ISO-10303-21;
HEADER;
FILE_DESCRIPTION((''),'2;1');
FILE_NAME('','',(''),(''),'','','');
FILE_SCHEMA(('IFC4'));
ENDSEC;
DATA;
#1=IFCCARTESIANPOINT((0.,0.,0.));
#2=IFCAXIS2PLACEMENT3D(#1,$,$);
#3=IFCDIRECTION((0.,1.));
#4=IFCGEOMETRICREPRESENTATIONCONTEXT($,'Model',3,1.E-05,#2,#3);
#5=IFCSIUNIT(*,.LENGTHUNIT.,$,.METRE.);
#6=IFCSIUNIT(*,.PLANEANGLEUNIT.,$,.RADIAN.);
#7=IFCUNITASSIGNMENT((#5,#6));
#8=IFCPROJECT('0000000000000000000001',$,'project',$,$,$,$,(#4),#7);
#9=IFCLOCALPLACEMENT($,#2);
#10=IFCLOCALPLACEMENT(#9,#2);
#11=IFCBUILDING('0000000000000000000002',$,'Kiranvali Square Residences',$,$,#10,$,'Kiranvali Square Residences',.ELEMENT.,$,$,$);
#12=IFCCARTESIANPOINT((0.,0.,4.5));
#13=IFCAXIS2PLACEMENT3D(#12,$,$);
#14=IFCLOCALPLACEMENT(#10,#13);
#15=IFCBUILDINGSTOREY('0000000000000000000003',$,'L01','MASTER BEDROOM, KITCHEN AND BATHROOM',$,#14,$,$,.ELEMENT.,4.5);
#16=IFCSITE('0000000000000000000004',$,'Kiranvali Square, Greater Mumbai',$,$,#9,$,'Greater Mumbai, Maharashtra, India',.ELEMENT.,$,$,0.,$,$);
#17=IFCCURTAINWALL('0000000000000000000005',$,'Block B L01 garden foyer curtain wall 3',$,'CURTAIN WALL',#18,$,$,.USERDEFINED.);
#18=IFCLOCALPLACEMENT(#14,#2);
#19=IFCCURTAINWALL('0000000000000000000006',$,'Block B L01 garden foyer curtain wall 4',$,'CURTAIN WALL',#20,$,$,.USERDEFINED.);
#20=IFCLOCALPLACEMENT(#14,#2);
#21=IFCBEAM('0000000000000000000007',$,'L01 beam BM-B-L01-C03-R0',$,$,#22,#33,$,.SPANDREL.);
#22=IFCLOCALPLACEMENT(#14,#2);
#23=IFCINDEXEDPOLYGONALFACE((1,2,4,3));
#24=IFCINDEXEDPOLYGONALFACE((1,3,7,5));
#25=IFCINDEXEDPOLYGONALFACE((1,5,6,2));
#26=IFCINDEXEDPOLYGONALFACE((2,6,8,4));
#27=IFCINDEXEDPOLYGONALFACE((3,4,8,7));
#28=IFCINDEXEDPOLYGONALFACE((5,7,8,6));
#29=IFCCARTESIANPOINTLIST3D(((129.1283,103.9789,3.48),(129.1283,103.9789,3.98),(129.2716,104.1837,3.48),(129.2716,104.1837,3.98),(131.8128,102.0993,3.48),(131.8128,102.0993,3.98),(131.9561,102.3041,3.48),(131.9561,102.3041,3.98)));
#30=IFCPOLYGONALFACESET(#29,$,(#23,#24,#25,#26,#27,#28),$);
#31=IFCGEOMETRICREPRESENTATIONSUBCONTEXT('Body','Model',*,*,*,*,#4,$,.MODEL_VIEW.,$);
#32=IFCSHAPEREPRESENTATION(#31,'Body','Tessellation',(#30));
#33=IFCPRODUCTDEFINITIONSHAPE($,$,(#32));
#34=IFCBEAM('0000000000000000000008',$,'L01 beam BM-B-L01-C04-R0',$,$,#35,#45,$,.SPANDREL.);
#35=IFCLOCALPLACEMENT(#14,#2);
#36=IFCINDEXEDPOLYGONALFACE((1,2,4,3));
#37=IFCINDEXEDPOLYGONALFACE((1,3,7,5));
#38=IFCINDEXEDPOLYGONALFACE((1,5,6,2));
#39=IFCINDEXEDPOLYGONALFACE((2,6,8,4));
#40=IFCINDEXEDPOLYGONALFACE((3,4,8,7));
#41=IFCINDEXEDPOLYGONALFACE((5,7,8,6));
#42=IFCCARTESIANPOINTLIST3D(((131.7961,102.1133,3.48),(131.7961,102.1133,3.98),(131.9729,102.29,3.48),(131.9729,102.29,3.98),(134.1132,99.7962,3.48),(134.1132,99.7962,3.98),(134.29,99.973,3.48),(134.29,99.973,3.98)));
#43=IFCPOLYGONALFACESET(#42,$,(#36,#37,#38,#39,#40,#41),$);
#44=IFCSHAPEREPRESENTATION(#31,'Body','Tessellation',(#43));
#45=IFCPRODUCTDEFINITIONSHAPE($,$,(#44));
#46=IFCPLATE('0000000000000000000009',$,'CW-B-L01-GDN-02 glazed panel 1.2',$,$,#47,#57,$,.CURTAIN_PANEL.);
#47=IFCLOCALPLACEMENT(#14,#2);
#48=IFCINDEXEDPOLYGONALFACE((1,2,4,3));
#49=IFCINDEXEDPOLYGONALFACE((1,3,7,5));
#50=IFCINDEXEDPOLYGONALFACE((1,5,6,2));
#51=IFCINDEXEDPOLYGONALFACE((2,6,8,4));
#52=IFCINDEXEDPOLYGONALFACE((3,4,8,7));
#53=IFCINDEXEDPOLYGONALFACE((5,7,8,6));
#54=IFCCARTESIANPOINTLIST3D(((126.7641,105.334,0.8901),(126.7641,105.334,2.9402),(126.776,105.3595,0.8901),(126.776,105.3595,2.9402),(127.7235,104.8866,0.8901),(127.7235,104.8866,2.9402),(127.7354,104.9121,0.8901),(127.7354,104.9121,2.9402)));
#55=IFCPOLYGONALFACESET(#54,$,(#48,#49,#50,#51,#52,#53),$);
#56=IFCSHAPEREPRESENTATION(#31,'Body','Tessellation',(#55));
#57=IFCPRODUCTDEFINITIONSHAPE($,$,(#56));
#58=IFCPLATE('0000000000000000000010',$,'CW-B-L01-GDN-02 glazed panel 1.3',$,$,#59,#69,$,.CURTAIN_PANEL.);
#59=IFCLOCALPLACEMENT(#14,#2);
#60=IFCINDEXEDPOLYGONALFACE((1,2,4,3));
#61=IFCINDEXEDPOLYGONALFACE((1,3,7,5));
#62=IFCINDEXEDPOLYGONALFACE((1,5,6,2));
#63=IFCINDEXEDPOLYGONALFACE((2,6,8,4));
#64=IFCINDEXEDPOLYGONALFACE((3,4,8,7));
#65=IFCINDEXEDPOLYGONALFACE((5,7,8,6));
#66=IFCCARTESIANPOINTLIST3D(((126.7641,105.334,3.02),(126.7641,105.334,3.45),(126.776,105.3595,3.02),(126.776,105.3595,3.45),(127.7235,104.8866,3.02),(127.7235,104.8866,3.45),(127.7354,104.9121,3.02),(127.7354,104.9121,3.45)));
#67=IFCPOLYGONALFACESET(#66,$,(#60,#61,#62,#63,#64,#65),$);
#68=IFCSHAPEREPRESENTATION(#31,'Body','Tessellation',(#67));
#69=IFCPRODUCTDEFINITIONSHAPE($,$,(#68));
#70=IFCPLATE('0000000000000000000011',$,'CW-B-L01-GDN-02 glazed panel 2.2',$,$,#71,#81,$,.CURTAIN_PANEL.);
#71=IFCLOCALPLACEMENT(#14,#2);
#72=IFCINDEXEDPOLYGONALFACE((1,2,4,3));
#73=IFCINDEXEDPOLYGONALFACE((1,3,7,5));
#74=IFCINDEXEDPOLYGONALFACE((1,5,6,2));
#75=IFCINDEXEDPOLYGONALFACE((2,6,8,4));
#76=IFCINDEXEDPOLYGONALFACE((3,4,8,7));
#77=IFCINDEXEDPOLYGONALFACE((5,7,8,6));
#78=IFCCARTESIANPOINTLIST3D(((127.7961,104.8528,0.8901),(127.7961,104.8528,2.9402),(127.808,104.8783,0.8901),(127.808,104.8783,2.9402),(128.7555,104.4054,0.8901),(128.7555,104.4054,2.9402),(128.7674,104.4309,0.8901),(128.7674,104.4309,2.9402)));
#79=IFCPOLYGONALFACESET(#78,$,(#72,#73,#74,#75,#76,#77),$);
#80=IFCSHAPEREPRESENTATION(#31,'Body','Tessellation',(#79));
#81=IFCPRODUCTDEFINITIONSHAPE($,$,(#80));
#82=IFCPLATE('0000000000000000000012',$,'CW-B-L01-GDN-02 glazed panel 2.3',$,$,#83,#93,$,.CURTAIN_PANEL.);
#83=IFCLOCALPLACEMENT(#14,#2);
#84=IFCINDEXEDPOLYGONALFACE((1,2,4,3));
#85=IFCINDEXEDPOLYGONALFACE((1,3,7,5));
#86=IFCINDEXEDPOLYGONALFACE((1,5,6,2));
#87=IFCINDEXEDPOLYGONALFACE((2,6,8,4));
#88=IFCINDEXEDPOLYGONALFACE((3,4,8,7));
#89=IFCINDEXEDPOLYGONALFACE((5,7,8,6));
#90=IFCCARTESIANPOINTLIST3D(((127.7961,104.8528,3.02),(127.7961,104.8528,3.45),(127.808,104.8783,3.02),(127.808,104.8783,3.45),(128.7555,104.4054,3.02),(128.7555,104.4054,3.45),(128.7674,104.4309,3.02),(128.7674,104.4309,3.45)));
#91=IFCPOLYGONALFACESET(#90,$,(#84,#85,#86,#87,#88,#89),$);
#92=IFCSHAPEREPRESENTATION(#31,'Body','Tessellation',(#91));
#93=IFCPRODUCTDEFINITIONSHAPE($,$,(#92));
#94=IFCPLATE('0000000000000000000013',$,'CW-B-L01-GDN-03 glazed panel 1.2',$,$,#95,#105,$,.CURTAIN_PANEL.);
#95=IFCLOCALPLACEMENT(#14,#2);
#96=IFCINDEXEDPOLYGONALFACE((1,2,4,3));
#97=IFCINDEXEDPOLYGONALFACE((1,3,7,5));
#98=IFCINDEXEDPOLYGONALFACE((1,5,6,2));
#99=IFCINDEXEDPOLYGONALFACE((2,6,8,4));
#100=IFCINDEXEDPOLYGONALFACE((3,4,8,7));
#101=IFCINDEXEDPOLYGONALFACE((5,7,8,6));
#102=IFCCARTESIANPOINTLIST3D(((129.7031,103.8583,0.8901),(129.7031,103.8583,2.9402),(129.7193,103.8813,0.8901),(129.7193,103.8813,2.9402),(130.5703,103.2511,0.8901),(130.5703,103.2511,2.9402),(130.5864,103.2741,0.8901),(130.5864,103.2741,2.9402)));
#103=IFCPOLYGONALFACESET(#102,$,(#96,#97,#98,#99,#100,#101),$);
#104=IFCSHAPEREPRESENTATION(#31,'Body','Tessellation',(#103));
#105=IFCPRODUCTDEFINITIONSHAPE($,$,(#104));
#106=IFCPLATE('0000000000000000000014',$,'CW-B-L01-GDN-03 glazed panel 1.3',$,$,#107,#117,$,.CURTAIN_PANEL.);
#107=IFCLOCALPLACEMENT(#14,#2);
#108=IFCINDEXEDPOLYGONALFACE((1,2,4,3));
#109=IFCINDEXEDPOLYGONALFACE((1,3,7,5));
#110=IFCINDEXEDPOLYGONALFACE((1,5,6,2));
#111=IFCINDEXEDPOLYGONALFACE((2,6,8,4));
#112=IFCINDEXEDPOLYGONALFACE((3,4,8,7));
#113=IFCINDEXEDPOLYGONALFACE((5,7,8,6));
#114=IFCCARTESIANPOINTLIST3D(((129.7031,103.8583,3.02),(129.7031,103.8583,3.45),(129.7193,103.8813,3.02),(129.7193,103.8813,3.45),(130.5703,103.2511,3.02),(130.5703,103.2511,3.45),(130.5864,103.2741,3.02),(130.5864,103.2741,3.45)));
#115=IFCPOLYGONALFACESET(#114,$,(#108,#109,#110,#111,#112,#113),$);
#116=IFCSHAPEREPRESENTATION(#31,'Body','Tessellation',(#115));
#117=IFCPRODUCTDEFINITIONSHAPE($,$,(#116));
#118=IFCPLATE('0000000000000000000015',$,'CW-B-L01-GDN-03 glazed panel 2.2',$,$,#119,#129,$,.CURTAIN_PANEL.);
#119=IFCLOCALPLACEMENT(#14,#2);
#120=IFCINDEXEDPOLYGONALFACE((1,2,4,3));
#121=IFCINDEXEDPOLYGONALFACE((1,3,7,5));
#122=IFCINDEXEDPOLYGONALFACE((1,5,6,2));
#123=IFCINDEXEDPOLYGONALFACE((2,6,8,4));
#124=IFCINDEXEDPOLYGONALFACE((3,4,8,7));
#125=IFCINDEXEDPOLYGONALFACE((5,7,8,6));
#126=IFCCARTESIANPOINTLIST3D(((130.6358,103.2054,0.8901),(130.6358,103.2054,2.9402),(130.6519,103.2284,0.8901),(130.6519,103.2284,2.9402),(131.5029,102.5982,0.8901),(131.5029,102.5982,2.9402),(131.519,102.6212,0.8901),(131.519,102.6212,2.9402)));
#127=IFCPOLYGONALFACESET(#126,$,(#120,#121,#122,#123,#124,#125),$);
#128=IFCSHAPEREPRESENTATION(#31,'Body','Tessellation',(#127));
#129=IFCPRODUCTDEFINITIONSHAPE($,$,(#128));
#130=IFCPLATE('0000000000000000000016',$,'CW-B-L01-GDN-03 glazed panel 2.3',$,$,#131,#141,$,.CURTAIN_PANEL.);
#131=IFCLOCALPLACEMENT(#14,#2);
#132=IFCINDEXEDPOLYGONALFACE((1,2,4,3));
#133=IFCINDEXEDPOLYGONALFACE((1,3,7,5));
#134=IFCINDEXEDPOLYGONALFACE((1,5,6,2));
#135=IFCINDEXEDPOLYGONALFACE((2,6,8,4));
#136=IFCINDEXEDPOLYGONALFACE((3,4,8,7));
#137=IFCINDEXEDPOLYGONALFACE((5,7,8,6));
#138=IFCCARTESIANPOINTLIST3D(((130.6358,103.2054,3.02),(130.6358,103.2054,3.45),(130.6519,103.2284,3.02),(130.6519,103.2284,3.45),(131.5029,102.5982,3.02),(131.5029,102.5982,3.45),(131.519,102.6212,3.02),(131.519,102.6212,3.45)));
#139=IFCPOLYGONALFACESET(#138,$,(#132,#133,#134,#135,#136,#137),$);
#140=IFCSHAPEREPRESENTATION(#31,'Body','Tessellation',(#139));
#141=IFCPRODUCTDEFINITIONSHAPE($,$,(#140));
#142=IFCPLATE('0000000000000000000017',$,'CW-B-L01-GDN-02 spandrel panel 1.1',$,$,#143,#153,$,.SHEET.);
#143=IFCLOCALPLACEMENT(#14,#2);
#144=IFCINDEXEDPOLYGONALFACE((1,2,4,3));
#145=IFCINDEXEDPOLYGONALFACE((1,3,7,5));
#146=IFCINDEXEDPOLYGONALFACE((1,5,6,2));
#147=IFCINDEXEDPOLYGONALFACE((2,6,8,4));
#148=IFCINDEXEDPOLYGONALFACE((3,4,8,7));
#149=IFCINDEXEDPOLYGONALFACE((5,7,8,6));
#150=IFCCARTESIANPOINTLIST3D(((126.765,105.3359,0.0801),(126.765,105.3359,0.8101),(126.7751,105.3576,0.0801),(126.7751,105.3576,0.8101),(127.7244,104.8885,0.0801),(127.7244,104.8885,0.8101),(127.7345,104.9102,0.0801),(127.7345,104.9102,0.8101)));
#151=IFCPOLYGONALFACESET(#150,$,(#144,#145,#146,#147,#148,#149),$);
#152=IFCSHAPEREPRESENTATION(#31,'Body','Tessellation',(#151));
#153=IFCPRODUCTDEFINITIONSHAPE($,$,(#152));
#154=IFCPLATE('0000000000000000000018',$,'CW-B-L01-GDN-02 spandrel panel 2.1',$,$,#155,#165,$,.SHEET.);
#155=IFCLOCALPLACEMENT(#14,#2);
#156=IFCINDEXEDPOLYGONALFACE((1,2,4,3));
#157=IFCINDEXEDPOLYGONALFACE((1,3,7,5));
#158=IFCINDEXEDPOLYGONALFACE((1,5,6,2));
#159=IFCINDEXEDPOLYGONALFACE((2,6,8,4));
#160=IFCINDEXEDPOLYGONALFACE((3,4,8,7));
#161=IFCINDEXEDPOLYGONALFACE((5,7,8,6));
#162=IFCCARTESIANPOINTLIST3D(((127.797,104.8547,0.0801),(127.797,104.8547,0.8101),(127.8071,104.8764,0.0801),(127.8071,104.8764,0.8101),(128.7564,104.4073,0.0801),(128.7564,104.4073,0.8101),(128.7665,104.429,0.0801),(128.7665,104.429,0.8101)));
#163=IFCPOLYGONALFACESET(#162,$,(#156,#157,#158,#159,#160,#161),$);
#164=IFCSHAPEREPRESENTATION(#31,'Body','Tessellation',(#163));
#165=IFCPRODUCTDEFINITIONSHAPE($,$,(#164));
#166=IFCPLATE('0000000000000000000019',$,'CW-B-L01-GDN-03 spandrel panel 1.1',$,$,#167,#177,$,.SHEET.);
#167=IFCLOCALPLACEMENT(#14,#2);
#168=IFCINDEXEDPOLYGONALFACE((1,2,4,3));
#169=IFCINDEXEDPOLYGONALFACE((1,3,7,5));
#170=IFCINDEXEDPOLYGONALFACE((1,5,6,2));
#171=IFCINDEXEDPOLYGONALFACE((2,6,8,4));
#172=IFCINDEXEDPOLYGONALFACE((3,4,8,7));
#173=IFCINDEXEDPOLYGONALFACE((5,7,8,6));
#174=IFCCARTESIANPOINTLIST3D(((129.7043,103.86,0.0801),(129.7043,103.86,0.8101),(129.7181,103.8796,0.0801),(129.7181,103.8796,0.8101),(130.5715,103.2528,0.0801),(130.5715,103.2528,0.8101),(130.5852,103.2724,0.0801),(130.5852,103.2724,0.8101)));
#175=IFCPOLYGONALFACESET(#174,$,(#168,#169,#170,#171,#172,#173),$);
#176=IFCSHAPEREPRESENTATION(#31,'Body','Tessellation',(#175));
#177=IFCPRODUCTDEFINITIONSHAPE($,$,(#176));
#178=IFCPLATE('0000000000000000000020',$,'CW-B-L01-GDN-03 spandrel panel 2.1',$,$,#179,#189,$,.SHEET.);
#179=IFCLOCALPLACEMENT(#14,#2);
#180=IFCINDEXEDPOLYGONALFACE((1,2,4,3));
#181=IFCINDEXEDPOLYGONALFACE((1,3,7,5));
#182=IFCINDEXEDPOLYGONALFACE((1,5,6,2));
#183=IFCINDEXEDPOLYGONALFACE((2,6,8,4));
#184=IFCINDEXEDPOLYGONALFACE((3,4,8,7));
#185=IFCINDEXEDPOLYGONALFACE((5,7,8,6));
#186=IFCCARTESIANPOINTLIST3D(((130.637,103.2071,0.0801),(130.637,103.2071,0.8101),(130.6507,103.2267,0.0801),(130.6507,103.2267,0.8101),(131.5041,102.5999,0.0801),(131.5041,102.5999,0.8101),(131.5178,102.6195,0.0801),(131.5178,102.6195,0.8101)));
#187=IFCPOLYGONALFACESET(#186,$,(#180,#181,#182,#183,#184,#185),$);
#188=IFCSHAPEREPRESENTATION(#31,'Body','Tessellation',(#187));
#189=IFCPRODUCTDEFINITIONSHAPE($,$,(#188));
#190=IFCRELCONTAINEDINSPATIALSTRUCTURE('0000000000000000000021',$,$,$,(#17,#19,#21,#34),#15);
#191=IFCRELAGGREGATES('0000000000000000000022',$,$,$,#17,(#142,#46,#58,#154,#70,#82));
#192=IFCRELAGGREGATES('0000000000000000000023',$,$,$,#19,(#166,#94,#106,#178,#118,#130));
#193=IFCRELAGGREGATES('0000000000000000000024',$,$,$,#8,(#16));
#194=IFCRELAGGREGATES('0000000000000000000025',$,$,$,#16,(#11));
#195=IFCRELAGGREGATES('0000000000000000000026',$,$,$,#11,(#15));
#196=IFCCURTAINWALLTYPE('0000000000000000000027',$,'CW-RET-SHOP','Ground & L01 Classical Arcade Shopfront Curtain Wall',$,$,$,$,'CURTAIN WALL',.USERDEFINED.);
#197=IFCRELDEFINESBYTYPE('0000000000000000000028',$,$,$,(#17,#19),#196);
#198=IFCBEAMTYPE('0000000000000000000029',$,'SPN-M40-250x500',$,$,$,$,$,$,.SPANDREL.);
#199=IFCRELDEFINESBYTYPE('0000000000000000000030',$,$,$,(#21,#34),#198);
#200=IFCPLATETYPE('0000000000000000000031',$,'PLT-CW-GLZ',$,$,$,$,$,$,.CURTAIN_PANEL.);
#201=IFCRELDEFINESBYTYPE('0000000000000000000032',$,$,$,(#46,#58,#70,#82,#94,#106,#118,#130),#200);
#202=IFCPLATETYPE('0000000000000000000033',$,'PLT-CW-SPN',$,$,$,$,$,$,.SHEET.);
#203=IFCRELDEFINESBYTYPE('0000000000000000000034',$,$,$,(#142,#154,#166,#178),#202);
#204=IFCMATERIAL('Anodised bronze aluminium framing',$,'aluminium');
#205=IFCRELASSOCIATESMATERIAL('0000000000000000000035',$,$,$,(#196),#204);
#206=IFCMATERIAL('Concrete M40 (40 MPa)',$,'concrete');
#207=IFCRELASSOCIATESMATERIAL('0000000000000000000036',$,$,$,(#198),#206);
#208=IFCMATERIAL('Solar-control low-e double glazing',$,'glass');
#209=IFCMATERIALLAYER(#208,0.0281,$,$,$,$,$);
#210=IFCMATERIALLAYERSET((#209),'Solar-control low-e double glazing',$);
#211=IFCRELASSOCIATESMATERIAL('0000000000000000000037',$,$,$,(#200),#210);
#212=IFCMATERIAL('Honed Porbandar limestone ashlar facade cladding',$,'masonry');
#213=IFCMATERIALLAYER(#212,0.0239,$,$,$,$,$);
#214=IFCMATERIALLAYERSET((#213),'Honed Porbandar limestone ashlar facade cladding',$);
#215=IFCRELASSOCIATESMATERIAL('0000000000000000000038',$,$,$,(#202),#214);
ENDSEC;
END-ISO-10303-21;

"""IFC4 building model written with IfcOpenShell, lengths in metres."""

from ifc_helpers import new_model, si_unit, direction, frame, origin, origin_2d, place, context, subcontext, project, spatial, rectangle, extrude, material, layer, layer_set, material_profile, profile_set, type_object, element, aggregate, save


model = new_model("IFC4")

# Units and contexts
model_context = context("Model", 3, precision=1e-05, world=origin(), true_north=direction((0.0, 1.0)))
body_context = subcontext(model_context, "Body", "Model", "MODEL_VIEW")
ifc_project = project(units=[si_unit("LENGTHUNIT", "METRE"), si_unit("PLANEANGLEUNIT", "RADIAN")], contexts=[model_context])

# Site, building, storey
site_placement = place(None, origin())
site = spatial("IfcSite", under=ifc_project, at=site_placement, Name="Kiranvali Square, Greater Mumbai", LongName="Greater Mumbai, Maharashtra, India", CompositionType="ELEMENT", RefElevation=0.0)
building_placement = place(site_placement, origin())
building = spatial("IfcBuilding", under=site, at=building_placement, Name="Kiranvali Square Residences", LongName="Kiranvali Square Residences", CompositionType="ELEMENT")
storey_placement = place(building_placement, frame((0.0, 0.0, 4.5)))
storey = spatial("IfcBuildingStorey", under=building, at=storey_placement, Name="L01", Description="MASTER BEDROOM, KITCHEN AND BATHROOM", CompositionType="ELEMENT", Elevation=4.5)

# Shared definitions
ifc_material_1 = material(Name="Concrete M40 (40 MPa)", Category="concrete")

# Curtain walls
ifc_material_2 = material(Name="Anodised bronze aluminium framing", Category="aluminium")
curtain_wall_type = type_object("IfcCurtainWallType", Name="CW-RET-SHOP", Description="Ground & L01 Classical Arcade Shopfront Curtain Wall", ElementType="CURTAIN WALL", PredefinedType="USERDEFINED", material=ifc_material_2)
curtain_wall_1_placement = place(storey_placement, origin())
curtain_wall_1 = element("IfcCurtainWall", 1, at=curtain_wall_1_placement, inside=storey, type_object=curtain_wall_type, Name="Block B L01 garden foyer curtain wall 3", ObjectType="CURTAIN WALL", PredefinedType="USERDEFINED")
curtain_wall_2_placement = place(storey_placement, origin())
curtain_wall_2 = element("IfcCurtainWall", 2, at=curtain_wall_2_placement, inside=storey, type_object=curtain_wall_type, Name="Block B L01 garden foyer curtain wall 4", ObjectType="CURTAIN WALL", PredefinedType="USERDEFINED")

# Beams
ifc_material_profile_1 = material_profile(ifc_material_1, rectangle(XDim=0.25, YDim=0.5, at=origin_2d()), Name="RC 250x500")
ifc_profile_set_1 = profile_set([ifc_material_profile_1], Name="Concrete M40 (40 MPa)")
beam_type_1 = type_object("IfcBeamType", Name="SPN-M40-250x500", PredefinedType="SPANDREL", material=ifc_profile_set_1)
beam_1_placement = place(storey_placement, frame((129.2, 104.0813, 3.73), z_axis=(0.819169, -0.573552, 0.0), x_axis=(0.573552, 0.819169, 0.0)))
element("IfcBeam", 3, at=beam_1_placement, inside=storey, type_object=beam_type_1, Name="L01 beam BM-B-L01-C03-R0", PredefinedType="SPANDREL", context=body_context, shape_type="SweptSolid", body=[
    extrude(rectangle(XDim=0.25, YDim=0.5, at=origin_2d()), origin(), (0.0, 0.0, 1.0), 3.2771),
])
beam_2_placement = place(storey_placement, frame((131.8845, 102.2017, 3.73), z_axis=(0.707107, -0.707107, 0.0), x_axis=(0.707107, 0.707107, 0.0)))
element("IfcBeam", 4, at=beam_2_placement, inside=storey, type_object=beam_type_1, Name="L01 beam BM-B-L01-C04-R0", PredefinedType="SPANDREL", context=body_context, shape_type="SweptSolid", body=[
    extrude(rectangle(XDim=0.25, YDim=0.5, at=origin_2d()), origin(), (0.0, 0.0, 1.0), 3.2769),
])

# Plates
ifc_material_3 = material(Name="Solar-control low-e double glazing", Category="glass")
ifc_layer_1 = layer(ifc_material_3, 0.0281)
ifc_layer_set_1 = layer_set([ifc_layer_1], Name="Solar-control low-e double glazing")
plate_type_1 = type_object("IfcPlateType", Name="PLT-CW-GLZ", PredefinedType="CURTAIN_PANEL", material=ifc_layer_set_1)
plate_1_placement = place(storey_placement, frame((127.2498, 105.123, 0.8901), z_axis=(0.0, 0.0, 1.0), x_axis=(0.906308, -0.422618, 0.0)))
plate_1 = element("IfcPlate", 5, at=plate_1_placement, type_object=plate_type_1, Name="CW-B-L01-GDN-02 glazed panel 1.2", PredefinedType="CURTAIN_PANEL", context=body_context, shape_type="SweptSolid", body=[
    extrude(rectangle(XDim=1.0586, YDim=0.0281, at=origin_2d()), origin(), (0.0, 0.0, 1.0), 2.05),
])
plate_2_placement = place(storey_placement, frame((127.2498, 105.123, 3.02), z_axis=(0.0, 0.0, 1.0), x_axis=(0.906308, -0.422618, 0.0)))
plate_2 = element("IfcPlate", 6, at=plate_2_placement, type_object=plate_type_1, Name="CW-B-L01-GDN-02 glazed panel 1.3", PredefinedType="CURTAIN_PANEL", context=body_context, shape_type="SweptSolid", body=[
    extrude(rectangle(XDim=1.0586, YDim=0.0281, at=origin_2d()), origin(), (0.0, 0.0, 1.0), 0.4299),
])
plate_3_placement = place(storey_placement, frame((128.2817, 104.6418, 0.8901), z_axis=(0.0, 0.0, 1.0), x_axis=(0.906308, -0.422618, 0.0)))
plate_3 = element("IfcPlate", 7, at=plate_3_placement, type_object=plate_type_1, Name="CW-B-L01-GDN-02 glazed panel 2.2", PredefinedType="CURTAIN_PANEL", context=body_context, shape_type="SweptSolid", body=[
    extrude(rectangle(XDim=1.0586, YDim=0.0281, at=origin_2d()), origin(), (0.0, 0.0, 1.0), 2.05),
])
plate_4_placement = place(storey_placement, frame((128.2817, 104.6418, 3.02), z_axis=(0.0, 0.0, 1.0), x_axis=(0.906308, -0.422618, 0.0)))
plate_4 = element("IfcPlate", 8, at=plate_4_placement, type_object=plate_type_1, Name="CW-B-L01-GDN-02 glazed panel 2.3", PredefinedType="CURTAIN_PANEL", context=body_context, shape_type="SweptSolid", body=[
    extrude(rectangle(XDim=1.0586, YDim=0.0281, at=origin_2d()), origin(), (0.0, 0.0, 1.0), 0.4299),
])
plate_5_placement = place(storey_placement, frame((130.1448, 103.5662, 0.8901), z_axis=(0.0, 0.0, 1.0), x_axis=(0.819152, -0.573576, 0.0)))
plate_5 = element("IfcPlate", 9, at=plate_5_placement, type_object=plate_type_1, Name="CW-B-L01-GDN-03 glazed panel 1.2", PredefinedType="CURTAIN_PANEL", context=body_context, shape_type="SweptSolid", body=[
    extrude(rectangle(XDim=1.0586, YDim=0.0281, at=origin_2d()), origin(), (0.0, 0.0, 1.0), 2.05),
])
plate_6_placement = place(storey_placement, frame((130.1448, 103.5662, 3.02), z_axis=(0.0, 0.0, 1.0), x_axis=(0.819152, -0.573576, 0.0)))
plate_6 = element("IfcPlate", 10, at=plate_6_placement, type_object=plate_type_1, Name="CW-B-L01-GDN-03 glazed panel 1.3", PredefinedType="CURTAIN_PANEL", context=body_context, shape_type="SweptSolid", body=[
    extrude(rectangle(XDim=1.0586, YDim=0.0281, at=origin_2d()), origin(), (0.0, 0.0, 1.0), 0.4299),
])
plate_7_placement = place(storey_placement, frame((131.0774, 102.9133, 0.8901), z_axis=(0.0, 0.0, 1.0), x_axis=(0.819152, -0.573576, 0.0)))
plate_7 = element("IfcPlate", 11, at=plate_7_placement, type_object=plate_type_1, Name="CW-B-L01-GDN-03 glazed panel 2.2", PredefinedType="CURTAIN_PANEL", context=body_context, shape_type="SweptSolid", body=[
    extrude(rectangle(XDim=1.0586, YDim=0.0281, at=origin_2d()), origin(), (0.0, 0.0, 1.0), 2.05),
])
plate_8_placement = place(storey_placement, frame((131.0774, 102.9133, 3.02), z_axis=(0.0, 0.0, 1.0), x_axis=(0.819152, -0.573576, 0.0)))
plate_8 = element("IfcPlate", 12, at=plate_8_placement, type_object=plate_type_1, Name="CW-B-L01-GDN-03 glazed panel 2.3", PredefinedType="CURTAIN_PANEL", context=body_context, shape_type="SweptSolid", body=[
    extrude(rectangle(XDim=1.0586, YDim=0.0281, at=origin_2d()), origin(), (0.0, 0.0, 1.0), 0.4299),
])
ifc_material_4 = material(Name="Honed Porbandar limestone ashlar facade cladding", Category="masonry")
ifc_layer_2 = layer(ifc_material_4, 0.0239)
ifc_layer_set_2 = layer_set([ifc_layer_2], Name="Honed Porbandar limestone ashlar facade cladding")
plate_type_2 = type_object("IfcPlateType", Name="PLT-CW-SPN", PredefinedType="SHEET", material=ifc_layer_set_2)
plate_9_placement = place(storey_placement, frame((127.2498, 105.123, 0.0801), z_axis=(0.0, 0.0, 1.0), x_axis=(0.906308, -0.422618, 0.0)))
plate_9 = element("IfcPlate", 13, at=plate_9_placement, type_object=plate_type_2, Name="CW-B-L01-GDN-02 spandrel panel 1.1", PredefinedType="SHEET", context=body_context, shape_type="SweptSolid", body=[
    extrude(rectangle(XDim=1.0586, YDim=0.0239, at=origin_2d()), origin(), (0.0, 0.0, 1.0), 0.73),
])
plate_10_placement = place(storey_placement, frame((128.2817, 104.6418, 0.0801), z_axis=(0.0, 0.0, 1.0), x_axis=(0.906308, -0.422618, 0.0)))
plate_10 = element("IfcPlate", 14, at=plate_10_placement, type_object=plate_type_2, Name="CW-B-L01-GDN-02 spandrel panel 2.1", PredefinedType="SHEET", context=body_context, shape_type="SweptSolid", body=[
    extrude(rectangle(XDim=1.0586, YDim=0.0239, at=origin_2d()), origin(), (0.0, 0.0, 1.0), 0.73),
])
aggregate(curtain_wall_1, [plate_9, plate_1, plate_2, plate_10, plate_3, plate_4])
plate_11_placement = place(storey_placement, frame((130.1448, 103.5662, 0.0801), z_axis=(0.0, 0.0, 1.0), x_axis=(0.819152, -0.573576, 0.0)))
plate_11 = element("IfcPlate", 15, at=plate_11_placement, type_object=plate_type_2, Name="CW-B-L01-GDN-03 spandrel panel 1.1", PredefinedType="SHEET", context=body_context, shape_type="SweptSolid", body=[
    extrude(rectangle(XDim=1.0586, YDim=0.0239, at=origin_2d()), origin(), (0.0, 0.0, 1.0), 0.73),
])
plate_12_placement = place(storey_placement, frame((131.0774, 102.9133, 0.0801), z_axis=(0.0, 0.0, 1.0), x_axis=(0.819152, -0.573576, 0.0)))
plate_12 = element("IfcPlate", 16, at=plate_12_placement, type_object=plate_type_2, Name="CW-B-L01-GDN-03 spandrel panel 2.1", PredefinedType="SHEET", context=body_context, shape_type="SweptSolid", body=[
    extrude(rectangle(XDim=1.0586, YDim=0.0239, at=origin_2d()), origin(), (0.0, 0.0, 1.0), 0.73),
])
aggregate(curtain_wall_2, [plate_11, plate_5, plate_6, plate_12, plate_7, plate_8])

save(model, "model.ifc")
